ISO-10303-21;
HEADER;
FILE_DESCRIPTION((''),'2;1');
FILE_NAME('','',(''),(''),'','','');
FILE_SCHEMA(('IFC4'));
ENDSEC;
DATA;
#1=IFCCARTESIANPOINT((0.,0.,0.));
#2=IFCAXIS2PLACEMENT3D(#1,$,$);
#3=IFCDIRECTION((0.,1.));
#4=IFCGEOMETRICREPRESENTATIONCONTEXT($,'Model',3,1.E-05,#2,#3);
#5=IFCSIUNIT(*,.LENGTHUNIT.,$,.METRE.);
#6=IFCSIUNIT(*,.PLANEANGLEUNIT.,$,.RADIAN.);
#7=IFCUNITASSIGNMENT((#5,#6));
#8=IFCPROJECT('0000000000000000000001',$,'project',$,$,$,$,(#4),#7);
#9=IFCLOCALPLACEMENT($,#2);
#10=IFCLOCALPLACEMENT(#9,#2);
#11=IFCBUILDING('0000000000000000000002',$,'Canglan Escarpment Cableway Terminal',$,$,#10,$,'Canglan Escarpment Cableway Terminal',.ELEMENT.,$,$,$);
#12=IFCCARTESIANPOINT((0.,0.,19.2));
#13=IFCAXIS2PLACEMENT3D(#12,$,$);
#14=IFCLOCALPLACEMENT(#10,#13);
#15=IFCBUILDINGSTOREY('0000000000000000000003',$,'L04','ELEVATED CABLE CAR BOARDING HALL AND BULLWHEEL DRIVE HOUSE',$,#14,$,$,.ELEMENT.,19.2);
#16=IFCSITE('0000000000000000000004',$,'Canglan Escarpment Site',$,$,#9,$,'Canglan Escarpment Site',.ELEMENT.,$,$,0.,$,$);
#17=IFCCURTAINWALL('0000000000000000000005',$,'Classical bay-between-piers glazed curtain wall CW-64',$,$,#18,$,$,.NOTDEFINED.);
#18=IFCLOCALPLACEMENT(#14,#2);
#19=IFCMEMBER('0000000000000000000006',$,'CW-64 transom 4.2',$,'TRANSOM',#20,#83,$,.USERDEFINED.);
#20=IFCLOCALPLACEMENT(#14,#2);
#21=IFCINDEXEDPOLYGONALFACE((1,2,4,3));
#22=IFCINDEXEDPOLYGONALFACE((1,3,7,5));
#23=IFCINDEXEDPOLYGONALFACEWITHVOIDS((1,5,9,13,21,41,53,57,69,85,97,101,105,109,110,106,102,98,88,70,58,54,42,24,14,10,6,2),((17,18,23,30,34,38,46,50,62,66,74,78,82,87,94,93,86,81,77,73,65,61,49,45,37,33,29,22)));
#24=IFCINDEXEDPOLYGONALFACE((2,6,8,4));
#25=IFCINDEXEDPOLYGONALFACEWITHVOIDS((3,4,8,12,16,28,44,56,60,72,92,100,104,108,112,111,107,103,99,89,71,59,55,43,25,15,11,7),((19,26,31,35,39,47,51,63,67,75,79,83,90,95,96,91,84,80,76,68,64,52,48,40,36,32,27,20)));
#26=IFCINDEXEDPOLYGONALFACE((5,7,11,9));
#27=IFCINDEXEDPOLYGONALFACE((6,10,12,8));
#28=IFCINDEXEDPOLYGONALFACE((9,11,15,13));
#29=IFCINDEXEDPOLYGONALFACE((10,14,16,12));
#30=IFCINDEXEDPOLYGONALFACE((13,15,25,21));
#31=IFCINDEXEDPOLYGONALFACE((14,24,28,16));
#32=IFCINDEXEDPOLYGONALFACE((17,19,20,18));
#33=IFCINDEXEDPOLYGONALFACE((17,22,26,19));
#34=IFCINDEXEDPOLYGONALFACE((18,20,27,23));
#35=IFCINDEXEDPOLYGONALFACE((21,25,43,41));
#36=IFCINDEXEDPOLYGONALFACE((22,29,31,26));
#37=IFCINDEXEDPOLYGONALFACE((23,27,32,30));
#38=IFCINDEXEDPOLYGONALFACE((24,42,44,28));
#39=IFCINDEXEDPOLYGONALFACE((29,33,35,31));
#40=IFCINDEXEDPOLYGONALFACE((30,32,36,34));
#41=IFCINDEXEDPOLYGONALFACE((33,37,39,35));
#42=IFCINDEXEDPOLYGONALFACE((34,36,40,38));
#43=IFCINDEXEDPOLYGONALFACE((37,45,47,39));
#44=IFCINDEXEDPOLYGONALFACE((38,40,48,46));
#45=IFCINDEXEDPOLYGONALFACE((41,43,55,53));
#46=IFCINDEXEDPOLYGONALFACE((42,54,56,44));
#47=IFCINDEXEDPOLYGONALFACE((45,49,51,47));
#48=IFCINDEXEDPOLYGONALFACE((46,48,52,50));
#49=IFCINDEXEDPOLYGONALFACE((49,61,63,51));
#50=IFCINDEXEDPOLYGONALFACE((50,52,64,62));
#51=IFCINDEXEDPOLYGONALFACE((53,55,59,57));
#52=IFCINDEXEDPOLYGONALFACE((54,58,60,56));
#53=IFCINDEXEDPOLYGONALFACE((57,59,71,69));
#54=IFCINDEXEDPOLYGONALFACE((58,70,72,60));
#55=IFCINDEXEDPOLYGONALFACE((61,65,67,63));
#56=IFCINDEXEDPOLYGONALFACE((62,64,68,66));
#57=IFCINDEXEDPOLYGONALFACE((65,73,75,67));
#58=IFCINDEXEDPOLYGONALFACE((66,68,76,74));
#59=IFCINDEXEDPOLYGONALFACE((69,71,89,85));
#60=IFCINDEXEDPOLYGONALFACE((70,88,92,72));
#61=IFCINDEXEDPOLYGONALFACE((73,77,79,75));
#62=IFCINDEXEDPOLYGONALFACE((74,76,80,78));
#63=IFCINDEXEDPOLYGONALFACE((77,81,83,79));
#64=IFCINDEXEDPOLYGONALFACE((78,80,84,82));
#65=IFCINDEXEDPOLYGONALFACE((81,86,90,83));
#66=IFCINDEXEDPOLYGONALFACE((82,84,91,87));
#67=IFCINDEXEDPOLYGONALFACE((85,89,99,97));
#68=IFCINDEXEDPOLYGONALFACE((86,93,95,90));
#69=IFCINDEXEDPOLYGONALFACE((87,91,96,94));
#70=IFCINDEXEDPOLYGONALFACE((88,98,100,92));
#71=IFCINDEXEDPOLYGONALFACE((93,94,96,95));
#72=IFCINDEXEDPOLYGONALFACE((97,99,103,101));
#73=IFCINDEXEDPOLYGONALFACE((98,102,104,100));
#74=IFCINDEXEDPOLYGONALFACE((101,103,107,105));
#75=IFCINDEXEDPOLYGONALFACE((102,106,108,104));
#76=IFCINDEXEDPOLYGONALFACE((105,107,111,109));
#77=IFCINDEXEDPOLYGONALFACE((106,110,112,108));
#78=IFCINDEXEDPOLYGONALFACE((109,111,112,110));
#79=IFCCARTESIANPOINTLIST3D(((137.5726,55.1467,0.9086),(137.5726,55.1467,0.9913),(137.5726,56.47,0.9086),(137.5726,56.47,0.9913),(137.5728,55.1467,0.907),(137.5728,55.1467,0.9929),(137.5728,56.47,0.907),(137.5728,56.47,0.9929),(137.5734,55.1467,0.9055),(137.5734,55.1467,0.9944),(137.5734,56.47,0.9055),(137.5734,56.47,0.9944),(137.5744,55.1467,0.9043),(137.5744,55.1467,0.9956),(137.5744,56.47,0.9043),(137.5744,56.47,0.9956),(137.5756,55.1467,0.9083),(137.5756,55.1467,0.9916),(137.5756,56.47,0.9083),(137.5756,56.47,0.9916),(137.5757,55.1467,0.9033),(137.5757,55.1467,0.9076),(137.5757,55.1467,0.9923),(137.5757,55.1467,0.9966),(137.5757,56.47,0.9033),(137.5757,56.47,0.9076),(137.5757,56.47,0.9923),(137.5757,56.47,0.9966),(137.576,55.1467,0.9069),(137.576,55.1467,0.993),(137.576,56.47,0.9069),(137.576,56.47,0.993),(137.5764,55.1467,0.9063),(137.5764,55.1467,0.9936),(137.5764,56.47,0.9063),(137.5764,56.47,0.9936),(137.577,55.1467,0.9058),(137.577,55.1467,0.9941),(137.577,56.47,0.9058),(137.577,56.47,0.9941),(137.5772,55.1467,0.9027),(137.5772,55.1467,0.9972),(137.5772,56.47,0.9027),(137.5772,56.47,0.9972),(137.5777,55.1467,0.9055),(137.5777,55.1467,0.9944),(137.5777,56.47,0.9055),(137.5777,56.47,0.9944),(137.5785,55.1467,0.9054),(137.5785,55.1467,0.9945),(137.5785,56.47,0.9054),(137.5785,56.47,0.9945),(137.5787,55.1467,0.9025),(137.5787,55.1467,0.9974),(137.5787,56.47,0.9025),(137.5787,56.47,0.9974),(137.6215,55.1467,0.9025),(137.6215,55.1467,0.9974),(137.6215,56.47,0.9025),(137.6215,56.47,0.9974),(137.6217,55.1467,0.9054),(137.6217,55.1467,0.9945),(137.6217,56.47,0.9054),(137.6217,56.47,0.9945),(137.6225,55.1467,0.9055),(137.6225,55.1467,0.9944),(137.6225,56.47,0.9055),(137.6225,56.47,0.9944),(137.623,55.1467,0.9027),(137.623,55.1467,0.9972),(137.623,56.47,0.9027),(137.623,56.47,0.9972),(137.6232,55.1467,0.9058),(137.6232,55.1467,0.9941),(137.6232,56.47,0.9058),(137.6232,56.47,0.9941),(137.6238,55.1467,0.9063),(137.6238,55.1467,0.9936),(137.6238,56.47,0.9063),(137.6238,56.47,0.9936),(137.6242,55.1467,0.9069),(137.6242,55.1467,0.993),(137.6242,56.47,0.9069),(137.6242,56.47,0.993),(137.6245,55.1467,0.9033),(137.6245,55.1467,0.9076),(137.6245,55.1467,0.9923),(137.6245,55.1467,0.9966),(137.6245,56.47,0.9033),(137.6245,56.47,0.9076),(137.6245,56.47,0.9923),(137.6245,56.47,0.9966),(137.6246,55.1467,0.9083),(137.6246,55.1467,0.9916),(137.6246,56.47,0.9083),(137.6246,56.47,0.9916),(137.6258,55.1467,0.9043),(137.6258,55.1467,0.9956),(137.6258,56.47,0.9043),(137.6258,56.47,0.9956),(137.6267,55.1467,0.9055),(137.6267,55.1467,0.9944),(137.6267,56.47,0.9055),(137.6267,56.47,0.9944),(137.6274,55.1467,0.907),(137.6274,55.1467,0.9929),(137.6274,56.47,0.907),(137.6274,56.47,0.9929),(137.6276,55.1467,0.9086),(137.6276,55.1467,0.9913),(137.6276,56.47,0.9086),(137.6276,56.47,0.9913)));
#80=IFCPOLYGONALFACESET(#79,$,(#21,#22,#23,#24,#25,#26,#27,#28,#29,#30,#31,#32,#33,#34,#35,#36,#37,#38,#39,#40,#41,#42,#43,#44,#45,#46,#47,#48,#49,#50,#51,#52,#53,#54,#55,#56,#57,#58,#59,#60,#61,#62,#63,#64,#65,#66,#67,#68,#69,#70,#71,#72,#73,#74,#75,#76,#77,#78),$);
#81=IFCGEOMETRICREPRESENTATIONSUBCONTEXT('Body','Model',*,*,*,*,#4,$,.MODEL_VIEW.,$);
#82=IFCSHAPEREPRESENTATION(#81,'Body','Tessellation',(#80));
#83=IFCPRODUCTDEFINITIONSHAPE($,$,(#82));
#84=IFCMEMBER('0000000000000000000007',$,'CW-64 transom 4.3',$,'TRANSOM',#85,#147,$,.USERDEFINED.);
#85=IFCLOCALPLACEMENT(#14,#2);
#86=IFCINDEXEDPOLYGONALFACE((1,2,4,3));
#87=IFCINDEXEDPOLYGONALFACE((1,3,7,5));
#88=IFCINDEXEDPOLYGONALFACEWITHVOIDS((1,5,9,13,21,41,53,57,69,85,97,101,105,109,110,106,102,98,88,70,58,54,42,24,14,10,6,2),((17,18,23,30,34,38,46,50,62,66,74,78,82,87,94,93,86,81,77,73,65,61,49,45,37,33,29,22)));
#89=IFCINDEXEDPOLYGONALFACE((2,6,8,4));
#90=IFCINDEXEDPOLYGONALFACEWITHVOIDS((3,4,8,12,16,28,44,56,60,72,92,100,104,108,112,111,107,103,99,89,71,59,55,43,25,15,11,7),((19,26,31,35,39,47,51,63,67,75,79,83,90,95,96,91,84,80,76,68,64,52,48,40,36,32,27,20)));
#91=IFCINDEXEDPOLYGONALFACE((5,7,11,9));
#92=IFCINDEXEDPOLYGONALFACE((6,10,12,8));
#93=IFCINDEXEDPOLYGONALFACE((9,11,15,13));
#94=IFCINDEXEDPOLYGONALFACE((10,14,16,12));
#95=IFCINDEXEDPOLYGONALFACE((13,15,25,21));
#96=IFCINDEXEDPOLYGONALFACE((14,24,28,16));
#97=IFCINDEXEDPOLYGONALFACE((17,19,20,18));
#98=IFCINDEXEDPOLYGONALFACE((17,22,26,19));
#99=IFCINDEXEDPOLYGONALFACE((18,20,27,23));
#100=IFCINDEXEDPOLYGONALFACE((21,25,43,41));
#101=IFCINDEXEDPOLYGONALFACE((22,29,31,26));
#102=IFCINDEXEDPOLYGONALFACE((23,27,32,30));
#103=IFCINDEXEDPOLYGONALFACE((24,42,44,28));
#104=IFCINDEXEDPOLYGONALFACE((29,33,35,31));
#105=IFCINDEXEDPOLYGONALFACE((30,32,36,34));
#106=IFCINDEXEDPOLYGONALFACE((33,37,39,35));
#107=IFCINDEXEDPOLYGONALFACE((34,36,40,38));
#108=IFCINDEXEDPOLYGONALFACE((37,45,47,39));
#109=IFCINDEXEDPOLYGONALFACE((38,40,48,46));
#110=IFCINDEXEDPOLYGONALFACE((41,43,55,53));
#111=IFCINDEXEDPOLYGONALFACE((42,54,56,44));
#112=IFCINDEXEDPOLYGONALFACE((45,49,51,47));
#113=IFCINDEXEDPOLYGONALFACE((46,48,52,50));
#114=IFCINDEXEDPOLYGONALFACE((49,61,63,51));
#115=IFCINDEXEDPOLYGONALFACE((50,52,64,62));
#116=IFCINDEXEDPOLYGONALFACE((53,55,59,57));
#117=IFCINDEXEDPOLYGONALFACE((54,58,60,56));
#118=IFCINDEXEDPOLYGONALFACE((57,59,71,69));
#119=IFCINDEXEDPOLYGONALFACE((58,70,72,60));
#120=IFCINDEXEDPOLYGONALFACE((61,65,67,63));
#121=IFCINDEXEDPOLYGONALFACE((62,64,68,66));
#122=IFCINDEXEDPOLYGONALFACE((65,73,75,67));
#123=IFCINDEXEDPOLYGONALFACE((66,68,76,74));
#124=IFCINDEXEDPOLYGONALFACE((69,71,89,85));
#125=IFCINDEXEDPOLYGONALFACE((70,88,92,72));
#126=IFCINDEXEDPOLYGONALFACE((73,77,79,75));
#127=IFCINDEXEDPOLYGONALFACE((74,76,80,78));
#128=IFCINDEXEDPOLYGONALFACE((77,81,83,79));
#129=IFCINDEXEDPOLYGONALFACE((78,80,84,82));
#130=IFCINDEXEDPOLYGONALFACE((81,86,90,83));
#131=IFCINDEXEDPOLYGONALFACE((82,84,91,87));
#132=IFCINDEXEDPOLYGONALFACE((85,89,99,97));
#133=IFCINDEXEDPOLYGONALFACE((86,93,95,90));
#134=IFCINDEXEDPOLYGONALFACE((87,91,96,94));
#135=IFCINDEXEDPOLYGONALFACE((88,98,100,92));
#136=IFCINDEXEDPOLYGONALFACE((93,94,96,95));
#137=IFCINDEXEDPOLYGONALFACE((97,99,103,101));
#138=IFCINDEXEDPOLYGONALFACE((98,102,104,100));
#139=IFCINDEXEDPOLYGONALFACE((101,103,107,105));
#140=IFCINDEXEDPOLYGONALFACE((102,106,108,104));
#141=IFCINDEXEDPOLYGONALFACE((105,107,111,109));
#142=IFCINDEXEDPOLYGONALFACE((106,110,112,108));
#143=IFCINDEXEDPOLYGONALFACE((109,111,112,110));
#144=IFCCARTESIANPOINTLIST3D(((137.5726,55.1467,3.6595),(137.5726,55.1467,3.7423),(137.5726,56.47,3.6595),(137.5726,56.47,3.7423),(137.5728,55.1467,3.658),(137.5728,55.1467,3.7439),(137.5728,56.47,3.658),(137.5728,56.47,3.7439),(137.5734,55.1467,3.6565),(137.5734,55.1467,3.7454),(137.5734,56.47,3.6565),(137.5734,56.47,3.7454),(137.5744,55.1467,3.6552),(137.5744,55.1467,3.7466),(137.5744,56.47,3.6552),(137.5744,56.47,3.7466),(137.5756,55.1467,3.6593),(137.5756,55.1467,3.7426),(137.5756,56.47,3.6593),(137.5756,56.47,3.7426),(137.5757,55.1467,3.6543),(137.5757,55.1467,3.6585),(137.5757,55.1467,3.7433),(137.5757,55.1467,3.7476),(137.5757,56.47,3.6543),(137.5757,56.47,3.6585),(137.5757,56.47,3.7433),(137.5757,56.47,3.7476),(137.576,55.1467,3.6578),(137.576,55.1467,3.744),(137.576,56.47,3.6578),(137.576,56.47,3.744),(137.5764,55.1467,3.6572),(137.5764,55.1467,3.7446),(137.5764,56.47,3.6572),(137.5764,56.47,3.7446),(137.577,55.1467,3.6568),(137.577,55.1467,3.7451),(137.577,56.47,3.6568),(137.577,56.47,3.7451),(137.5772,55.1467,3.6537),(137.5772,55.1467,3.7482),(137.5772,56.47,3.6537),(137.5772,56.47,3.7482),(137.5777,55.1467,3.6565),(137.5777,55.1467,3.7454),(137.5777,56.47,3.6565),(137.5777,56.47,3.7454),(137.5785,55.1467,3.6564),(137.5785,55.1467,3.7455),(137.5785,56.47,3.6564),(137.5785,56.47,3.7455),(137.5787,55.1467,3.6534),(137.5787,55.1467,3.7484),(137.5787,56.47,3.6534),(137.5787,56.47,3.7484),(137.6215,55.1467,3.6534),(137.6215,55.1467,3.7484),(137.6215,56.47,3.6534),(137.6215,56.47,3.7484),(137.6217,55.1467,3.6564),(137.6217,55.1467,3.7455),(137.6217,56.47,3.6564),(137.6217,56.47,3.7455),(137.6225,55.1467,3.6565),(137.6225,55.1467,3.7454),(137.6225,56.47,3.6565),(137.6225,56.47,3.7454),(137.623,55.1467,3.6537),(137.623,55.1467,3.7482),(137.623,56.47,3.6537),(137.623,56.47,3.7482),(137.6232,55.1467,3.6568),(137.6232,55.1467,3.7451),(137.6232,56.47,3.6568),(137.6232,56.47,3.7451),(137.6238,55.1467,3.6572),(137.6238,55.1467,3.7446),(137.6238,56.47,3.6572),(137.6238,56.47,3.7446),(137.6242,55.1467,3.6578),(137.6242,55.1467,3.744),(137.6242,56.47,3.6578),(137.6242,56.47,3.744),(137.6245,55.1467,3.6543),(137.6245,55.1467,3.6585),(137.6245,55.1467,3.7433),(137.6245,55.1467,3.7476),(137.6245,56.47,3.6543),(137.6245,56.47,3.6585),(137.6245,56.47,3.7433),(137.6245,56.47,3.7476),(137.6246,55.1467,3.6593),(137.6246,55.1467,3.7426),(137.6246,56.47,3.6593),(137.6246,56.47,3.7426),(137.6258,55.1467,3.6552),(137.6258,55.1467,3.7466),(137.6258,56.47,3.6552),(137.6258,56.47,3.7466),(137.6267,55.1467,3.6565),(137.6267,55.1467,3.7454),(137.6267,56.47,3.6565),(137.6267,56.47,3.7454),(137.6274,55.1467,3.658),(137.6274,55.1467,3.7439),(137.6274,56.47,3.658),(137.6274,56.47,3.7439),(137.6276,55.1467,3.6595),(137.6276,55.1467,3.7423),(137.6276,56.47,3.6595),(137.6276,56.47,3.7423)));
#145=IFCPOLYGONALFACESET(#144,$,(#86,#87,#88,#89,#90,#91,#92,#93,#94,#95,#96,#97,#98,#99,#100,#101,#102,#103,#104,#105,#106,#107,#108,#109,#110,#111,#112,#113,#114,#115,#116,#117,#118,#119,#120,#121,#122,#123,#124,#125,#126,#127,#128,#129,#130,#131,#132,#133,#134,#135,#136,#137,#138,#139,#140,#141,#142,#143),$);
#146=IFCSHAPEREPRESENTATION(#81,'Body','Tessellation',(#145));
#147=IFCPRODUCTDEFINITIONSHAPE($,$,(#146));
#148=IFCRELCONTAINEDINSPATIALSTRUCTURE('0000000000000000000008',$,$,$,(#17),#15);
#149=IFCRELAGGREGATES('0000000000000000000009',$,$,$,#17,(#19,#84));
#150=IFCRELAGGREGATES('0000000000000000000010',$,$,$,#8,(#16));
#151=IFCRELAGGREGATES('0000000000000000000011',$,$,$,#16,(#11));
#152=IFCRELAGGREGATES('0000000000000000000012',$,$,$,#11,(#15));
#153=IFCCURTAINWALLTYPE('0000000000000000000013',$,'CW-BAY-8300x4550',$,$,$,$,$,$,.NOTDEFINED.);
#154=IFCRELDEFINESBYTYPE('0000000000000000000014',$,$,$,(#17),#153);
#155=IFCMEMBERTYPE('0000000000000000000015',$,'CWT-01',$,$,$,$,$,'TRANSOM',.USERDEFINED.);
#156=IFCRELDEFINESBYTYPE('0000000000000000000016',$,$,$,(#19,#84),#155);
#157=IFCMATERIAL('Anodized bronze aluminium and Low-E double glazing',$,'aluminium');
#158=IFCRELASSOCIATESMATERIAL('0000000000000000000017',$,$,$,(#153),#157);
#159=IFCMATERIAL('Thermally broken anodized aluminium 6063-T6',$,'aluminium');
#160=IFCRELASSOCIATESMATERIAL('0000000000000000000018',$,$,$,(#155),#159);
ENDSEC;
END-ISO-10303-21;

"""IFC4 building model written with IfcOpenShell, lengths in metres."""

from ifc_helpers import new_model, si_unit, direction, frame, origin, origin_2d, place, context, subcontext, project, spatial, hollow_rectangle, extrude, material, material_profile, profile_set, type_object, element, aggregate, save


model = new_model("IFC4")

# Units and contexts
model_context = context("Model", 3, precision=1e-05, world=origin(), true_north=direction((0.0, 1.0)))
body_context = subcontext(model_context, "Body", "Model", "MODEL_VIEW")
ifc_project = project(units=[si_unit("LENGTHUNIT", "METRE"), si_unit("PLANEANGLEUNIT", "RADIAN")], contexts=[model_context])

# Site, building, storey
site_placement = place(None, origin())
site = spatial("IfcSite", under=ifc_project, at=site_placement, Name="Canglan Escarpment Site", LongName="Canglan Escarpment Site", CompositionType="ELEMENT", RefElevation=0.0)
building_placement = place(site_placement, origin())
building = spatial("IfcBuilding", under=site, at=building_placement, Name="Canglan Escarpment Cableway Terminal", LongName="Canglan Escarpment Cableway Terminal", CompositionType="ELEMENT")
storey_placement = place(building_placement, frame((0.0, 0.0, 19.2)))
storey = spatial("IfcBuildingStorey", under=building, at=storey_placement, Name="L04", Description="ELEVATED CABLE CAR BOARDING HALL AND BULLWHEEL DRIVE HOUSE", CompositionType="ELEMENT", Elevation=19.2)

# Curtain wall, members
ifc_material_1 = material(Name="Anodized bronze aluminium and Low-E double glazing", Category="aluminium")
curtain_wall_type = type_object("IfcCurtainWallType", Name="CW-BAY-8300x4550", PredefinedType="NOTDEFINED", material=ifc_material_1)
curtain_wall_placement = place(storey_placement, origin())
curtain_wall = element("IfcCurtainWall", 1, at=curtain_wall_placement, inside=storey, type_object=curtain_wall_type, Name="Classical bay-between-piers glazed curtain wall CW-64", PredefinedType="NOTDEFINED")
ifc_material_2 = material(Name="Thermally broken anodized aluminium 6063-T6", Category="aluminium")
ifc_material_profile_1 = material_profile(ifc_material_2, hollow_rectangle(XDim=0.0549, YDim=0.095, WallThickness=0.0029, InnerFilletRadius=0.0029, OuterFilletRadius=0.0061, at=origin_2d()), Name="ALU-TRAN 55x95x3")
ifc_profile_set_1 = profile_set([ifc_material_profile_1], Name="Thermally broken anodized aluminium 6063-T6")
member_type_1 = type_object("IfcMemberType", Name="CWT-01", ElementType="TRANSOM", PredefinedType="USERDEFINED", material=ifc_profile_set_1)
member_1_placement = place(storey_placement, frame((137.6001, 56.47, 0.95), z_axis=(0.0, -1.0, 0.0), x_axis=(1.0, 0.0, 0.0)))
member_1 = element("IfcMember", 2, at=member_1_placement, type_object=member_type_1, Name="CW-64 transom 4.2", ObjectType="TRANSOM", PredefinedType="USERDEFINED", context=body_context, shape_type="SweptSolid", body=[
    extrude(hollow_rectangle(XDim=0.0549, YDim=0.095, WallThickness=0.0029, InnerFilletRadius=0.0029, OuterFilletRadius=0.0061, at=origin_2d()), origin(), (0.0, 0.0, 1.0), 1.3232),
])
member_2_placement = place(storey_placement, frame((137.6001, 56.47, 3.7009), z_axis=(0.0, -1.0, 0.0), x_axis=(1.0, 0.0, 0.0)))
member_2 = element("IfcMember", 3, at=member_2_placement, type_object=member_type_1, Name="CW-64 transom 4.3", ObjectType="TRANSOM", PredefinedType="USERDEFINED", context=body_context, shape_type="SweptSolid", body=[
    extrude(hollow_rectangle(XDim=0.0549, YDim=0.095, WallThickness=0.0029, InnerFilletRadius=0.0029, OuterFilletRadius=0.0061, at=origin_2d()), origin(), (0.0, 0.0, 1.0), 1.3232),
])
aggregate(curtain_wall, [member_1, member_2])

save(model, "model.ifc")
